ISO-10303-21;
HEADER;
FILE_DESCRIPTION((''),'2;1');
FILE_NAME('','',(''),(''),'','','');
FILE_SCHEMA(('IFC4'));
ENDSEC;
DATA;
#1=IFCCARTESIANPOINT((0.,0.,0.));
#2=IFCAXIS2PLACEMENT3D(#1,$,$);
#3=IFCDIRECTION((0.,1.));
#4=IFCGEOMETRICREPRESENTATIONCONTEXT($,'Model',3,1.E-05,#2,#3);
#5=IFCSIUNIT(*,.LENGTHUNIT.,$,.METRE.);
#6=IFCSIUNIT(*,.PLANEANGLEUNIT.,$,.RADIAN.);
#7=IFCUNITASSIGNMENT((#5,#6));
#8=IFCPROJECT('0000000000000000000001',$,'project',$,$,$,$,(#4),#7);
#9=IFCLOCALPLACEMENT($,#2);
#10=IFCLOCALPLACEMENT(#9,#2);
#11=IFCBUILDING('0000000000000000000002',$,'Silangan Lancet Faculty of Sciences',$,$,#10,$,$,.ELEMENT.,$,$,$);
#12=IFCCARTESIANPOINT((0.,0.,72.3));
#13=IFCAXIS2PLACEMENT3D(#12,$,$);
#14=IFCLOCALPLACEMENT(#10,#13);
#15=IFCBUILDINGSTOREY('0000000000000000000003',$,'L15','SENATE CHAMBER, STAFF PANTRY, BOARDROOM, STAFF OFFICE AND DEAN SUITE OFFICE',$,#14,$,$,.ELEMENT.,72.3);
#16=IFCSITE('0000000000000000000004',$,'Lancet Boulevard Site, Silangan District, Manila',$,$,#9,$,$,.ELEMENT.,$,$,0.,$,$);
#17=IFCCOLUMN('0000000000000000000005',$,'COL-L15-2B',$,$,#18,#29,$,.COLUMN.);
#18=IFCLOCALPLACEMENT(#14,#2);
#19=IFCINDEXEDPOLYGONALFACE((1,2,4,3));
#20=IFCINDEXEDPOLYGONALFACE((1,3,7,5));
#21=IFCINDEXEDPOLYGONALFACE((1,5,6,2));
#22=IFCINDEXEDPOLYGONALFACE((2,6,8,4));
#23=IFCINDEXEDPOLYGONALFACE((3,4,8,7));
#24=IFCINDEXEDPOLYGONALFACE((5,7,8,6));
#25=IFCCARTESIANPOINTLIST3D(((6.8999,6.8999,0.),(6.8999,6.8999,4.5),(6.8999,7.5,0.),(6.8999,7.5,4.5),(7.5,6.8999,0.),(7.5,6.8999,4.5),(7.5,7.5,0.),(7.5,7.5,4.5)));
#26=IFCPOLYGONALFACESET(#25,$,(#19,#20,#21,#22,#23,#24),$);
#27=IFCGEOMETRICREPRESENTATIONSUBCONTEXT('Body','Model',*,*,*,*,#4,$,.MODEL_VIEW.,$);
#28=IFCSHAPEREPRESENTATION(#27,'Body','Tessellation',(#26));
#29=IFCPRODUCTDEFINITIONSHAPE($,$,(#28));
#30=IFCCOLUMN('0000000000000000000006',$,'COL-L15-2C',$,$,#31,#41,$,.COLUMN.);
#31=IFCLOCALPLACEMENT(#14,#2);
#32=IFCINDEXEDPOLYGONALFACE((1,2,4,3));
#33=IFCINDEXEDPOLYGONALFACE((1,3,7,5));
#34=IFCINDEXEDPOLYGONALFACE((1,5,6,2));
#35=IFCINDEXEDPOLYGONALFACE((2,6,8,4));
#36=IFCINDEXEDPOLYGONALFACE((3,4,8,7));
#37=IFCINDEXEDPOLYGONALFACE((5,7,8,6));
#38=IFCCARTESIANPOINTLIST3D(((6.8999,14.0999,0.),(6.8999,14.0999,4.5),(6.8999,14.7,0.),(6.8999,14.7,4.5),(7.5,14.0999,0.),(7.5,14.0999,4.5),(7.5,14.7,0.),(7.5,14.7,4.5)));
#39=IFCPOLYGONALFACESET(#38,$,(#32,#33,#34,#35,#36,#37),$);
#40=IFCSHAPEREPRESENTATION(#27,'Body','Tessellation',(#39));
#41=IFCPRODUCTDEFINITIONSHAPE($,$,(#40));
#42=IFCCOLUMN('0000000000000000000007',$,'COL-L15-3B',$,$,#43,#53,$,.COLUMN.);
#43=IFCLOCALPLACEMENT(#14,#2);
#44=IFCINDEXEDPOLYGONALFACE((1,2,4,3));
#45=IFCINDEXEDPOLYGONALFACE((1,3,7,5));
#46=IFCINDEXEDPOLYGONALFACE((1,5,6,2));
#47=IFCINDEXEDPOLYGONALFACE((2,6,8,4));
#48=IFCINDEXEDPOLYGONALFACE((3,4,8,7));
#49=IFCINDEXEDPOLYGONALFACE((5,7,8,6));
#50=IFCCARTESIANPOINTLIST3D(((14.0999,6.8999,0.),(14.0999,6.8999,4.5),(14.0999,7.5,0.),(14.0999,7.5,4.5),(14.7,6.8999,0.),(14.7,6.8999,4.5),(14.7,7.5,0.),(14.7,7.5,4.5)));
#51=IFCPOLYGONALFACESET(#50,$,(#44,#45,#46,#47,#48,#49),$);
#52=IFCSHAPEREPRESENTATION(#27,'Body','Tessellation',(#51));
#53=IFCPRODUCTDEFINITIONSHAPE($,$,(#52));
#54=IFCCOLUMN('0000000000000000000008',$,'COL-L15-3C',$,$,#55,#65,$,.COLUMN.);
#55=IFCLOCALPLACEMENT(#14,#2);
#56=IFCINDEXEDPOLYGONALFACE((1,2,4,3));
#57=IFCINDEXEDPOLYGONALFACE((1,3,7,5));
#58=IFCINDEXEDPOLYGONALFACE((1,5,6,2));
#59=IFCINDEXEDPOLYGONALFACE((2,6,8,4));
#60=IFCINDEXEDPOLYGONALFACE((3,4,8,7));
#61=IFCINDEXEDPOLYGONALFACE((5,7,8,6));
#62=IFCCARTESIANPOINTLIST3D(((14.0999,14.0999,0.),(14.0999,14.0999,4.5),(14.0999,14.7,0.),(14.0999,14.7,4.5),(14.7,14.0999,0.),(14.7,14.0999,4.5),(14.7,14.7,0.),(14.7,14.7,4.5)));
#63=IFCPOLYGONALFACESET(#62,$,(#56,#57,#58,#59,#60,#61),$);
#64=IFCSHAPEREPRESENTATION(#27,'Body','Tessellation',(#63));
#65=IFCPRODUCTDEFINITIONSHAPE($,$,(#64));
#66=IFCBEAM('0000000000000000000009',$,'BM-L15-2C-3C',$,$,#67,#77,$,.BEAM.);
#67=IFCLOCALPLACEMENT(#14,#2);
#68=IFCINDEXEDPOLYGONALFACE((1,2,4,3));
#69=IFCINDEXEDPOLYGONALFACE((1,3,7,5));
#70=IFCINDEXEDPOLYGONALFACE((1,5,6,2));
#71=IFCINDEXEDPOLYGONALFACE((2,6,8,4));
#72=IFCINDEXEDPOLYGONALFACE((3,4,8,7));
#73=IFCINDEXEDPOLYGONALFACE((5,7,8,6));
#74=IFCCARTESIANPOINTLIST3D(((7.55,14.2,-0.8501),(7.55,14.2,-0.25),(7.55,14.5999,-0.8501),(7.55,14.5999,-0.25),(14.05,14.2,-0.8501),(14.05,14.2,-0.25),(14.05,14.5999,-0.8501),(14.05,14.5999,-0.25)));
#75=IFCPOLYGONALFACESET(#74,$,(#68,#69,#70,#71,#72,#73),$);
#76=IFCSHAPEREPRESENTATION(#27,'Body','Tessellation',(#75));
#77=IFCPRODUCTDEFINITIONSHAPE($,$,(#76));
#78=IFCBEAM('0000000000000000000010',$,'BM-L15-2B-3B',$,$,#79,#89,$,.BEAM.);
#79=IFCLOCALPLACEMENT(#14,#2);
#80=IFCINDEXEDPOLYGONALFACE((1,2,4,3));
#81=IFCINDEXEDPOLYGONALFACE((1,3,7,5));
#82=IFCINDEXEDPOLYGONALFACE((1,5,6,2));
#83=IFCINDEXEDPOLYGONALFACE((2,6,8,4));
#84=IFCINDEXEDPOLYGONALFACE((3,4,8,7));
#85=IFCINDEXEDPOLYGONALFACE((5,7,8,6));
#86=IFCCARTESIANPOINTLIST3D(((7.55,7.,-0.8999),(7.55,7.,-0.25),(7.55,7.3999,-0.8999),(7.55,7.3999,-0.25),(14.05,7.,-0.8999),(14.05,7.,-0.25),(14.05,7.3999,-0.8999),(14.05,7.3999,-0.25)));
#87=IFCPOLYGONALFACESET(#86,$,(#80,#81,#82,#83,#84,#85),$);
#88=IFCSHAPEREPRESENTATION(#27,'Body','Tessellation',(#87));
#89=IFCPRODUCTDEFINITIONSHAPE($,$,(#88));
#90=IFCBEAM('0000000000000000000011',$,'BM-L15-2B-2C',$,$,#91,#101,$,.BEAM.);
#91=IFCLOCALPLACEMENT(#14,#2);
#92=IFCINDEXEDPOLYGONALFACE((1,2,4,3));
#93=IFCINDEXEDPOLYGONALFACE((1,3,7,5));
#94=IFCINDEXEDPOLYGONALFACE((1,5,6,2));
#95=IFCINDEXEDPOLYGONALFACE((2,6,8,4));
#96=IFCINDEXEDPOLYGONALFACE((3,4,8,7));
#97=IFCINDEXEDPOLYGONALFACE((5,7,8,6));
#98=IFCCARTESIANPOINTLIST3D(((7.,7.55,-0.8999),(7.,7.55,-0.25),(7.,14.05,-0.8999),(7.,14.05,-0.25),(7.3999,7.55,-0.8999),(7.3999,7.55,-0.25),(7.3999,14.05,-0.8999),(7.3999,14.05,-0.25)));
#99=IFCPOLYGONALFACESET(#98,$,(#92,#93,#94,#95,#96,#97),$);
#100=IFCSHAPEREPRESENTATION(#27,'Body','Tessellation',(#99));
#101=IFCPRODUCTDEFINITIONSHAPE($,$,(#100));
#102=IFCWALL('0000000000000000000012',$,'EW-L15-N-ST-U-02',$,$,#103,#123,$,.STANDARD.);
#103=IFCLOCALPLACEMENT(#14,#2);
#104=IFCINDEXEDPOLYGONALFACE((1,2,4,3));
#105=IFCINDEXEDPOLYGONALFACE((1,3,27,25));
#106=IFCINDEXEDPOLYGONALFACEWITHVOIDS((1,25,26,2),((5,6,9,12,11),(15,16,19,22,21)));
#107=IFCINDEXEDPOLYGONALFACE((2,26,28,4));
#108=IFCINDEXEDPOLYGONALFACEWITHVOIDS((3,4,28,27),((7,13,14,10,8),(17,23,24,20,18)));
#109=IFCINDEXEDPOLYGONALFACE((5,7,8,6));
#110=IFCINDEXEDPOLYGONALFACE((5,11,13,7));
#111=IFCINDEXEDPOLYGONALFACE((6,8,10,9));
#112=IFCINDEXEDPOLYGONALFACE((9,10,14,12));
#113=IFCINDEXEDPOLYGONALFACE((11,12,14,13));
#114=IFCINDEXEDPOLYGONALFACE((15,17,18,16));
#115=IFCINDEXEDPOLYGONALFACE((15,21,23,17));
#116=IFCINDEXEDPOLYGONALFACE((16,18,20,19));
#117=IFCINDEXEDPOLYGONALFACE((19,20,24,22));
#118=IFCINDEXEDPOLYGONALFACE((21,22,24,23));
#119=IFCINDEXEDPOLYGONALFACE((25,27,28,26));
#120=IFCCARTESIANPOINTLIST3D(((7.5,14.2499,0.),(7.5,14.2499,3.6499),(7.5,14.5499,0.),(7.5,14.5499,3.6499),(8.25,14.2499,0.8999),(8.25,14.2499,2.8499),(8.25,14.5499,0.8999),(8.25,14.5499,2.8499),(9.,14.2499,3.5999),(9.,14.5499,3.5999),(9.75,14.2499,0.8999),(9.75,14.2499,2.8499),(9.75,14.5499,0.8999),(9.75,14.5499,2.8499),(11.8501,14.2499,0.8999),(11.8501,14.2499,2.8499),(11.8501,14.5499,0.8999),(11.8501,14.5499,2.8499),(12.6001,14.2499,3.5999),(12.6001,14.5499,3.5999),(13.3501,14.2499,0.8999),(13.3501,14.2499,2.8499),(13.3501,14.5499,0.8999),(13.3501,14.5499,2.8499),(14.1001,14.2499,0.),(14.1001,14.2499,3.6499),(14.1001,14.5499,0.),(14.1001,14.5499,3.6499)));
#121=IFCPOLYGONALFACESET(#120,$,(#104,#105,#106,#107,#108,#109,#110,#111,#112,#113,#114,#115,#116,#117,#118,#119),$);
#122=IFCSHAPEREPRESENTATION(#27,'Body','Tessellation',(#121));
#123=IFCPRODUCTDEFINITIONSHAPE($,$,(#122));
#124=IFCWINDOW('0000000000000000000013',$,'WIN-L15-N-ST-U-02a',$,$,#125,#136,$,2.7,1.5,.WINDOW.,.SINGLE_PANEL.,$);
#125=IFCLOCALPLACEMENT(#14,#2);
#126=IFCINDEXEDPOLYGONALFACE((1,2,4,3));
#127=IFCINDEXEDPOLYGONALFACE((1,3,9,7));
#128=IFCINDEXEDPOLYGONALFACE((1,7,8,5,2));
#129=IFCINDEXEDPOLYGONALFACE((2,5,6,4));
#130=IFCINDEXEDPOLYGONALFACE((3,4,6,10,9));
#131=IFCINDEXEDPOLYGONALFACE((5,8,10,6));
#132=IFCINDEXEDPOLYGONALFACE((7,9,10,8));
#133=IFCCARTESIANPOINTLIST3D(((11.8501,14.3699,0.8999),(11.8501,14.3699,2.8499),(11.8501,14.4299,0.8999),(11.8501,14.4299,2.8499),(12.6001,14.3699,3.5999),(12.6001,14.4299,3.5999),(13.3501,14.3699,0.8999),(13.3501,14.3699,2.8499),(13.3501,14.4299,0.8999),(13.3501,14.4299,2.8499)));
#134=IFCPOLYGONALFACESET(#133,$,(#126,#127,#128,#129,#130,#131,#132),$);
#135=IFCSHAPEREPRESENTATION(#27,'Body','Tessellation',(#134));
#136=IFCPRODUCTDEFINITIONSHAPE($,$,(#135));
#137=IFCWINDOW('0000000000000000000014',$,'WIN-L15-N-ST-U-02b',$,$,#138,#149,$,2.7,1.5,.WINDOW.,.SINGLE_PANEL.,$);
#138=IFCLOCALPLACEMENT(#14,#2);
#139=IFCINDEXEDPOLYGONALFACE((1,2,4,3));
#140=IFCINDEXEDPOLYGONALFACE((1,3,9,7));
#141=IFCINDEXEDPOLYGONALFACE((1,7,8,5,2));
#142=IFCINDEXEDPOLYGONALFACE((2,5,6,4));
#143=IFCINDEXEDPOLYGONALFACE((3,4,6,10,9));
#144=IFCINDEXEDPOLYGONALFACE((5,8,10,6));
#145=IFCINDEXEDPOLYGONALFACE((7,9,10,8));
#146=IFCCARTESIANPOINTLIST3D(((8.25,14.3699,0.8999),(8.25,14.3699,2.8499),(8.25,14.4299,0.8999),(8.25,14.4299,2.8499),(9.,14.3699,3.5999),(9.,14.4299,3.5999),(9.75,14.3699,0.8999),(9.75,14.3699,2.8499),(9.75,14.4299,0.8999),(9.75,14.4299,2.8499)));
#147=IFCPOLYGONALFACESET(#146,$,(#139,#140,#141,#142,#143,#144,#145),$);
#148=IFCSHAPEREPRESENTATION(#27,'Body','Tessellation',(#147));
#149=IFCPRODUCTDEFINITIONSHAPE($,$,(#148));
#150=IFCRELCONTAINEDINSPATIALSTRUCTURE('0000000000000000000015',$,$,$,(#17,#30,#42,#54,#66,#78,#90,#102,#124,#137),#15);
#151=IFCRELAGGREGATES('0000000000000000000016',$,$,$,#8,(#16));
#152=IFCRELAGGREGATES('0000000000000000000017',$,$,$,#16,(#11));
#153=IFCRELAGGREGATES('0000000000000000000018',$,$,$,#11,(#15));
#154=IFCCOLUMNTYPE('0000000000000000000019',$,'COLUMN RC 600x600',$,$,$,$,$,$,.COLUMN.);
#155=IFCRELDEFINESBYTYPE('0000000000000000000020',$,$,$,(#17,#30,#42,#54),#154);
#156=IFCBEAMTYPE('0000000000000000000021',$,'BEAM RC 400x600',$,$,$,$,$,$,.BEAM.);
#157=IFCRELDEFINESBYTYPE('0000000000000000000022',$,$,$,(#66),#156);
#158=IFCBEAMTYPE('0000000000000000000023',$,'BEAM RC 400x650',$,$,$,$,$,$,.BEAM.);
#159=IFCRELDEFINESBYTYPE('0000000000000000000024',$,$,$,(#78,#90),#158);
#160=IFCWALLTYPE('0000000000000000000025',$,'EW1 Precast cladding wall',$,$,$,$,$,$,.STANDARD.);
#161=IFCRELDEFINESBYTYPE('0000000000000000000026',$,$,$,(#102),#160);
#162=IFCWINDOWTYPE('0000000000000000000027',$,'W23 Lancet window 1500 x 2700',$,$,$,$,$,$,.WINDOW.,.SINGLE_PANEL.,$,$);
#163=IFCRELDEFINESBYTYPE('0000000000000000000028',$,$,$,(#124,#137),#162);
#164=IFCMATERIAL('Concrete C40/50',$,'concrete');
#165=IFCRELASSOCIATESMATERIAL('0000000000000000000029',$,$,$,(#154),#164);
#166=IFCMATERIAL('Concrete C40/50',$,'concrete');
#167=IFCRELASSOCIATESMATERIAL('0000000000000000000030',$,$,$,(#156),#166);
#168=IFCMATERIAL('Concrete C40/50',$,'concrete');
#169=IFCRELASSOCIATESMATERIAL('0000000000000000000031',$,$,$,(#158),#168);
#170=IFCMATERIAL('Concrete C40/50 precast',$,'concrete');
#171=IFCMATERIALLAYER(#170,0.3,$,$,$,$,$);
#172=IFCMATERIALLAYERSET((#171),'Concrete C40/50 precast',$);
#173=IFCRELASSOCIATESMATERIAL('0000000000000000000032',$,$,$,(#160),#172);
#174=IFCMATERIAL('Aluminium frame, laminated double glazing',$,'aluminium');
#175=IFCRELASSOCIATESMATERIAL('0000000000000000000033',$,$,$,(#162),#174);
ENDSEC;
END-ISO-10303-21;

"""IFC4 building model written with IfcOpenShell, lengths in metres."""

from ifc_helpers import new_model, si_unit, direction, frame, frame_2d, origin, origin_2d, place, context, subcontext, project, spatial, polyline, rectangle, outline, extrude, material, layer, layer_set, material_profile, profile_set, type_object, element, fill, save


model = new_model("IFC4")

# Units and contexts
model_context = context("Model", 3, precision=1e-05, world=origin(), true_north=direction((0.0, 1.0)))
body_context = subcontext(model_context, "Body", "Model", "MODEL_VIEW")
ifc_project = project(units=[si_unit("LENGTHUNIT", "METRE"), si_unit("PLANEANGLEUNIT", "RADIAN")], contexts=[model_context])

# Site, building, storey
site_placement = place(None, origin())
site = spatial("IfcSite", under=ifc_project, at=site_placement, Name="Lancet Boulevard Site, Silangan District, Manila", CompositionType="ELEMENT", RefElevation=0.0)
building_placement = place(site_placement, origin())
building = spatial("IfcBuilding", under=site, at=building_placement, Name="Silangan Lancet Faculty of Sciences", CompositionType="ELEMENT")
storey_placement = place(building_placement, frame((0.0, 0.0, 72.3)))
storey = spatial("IfcBuildingStorey", under=building, at=storey_placement, Name="L15", Description="SENATE CHAMBER, STAFF PANTRY, BOARDROOM, STAFF OFFICE AND DEAN SUITE OFFICE", CompositionType="ELEMENT", Elevation=72.3)

# Columns
ifc_material_1 = material(Name="Concrete C40/50", Category="concrete")
ifc_material_profile_1 = material_profile(ifc_material_1, rectangle(XDim=0.6001, YDim=0.6001, at=origin_2d()), Name="RC 600x600")
ifc_profile_set_1 = profile_set([ifc_material_profile_1], Name="Concrete C40/50")
column_type = type_object("IfcColumnType", Name="COLUMN RC 600x600", PredefinedType="COLUMN", material=ifc_profile_set_1)
for number, where, z_axis, x_axis, name in (
    (1, (7.2, 7.2, 0.0), (0.0, 0.0, 1.0), (1.0, 0.0, 0.0), "COL-L15-2B"),
    (2, (7.2, 14.3999, 0.0), (0.0, 0.0, 1.0), (1.0, 0.0, 0.0), "COL-L15-2C"),
    (3, (14.3999, 7.2, 0.0), (0.0, 0.0, 1.0), (1.0, 0.0, 0.0), "COL-L15-3B"),
    (4, (14.3999, 14.3999, 0.0), (0.0, 0.0, 1.0), (1.0, 0.0, 0.0), "COL-L15-3C"),
):
    element("IfcColumn", number, at=place(storey_placement, frame(where, z_axis=z_axis, x_axis=x_axis)), inside=storey, type_object=column_type, Name=name, PredefinedType="COLUMN", context=body_context, shape_type="SweptSolid", body=[
        extrude(rectangle(XDim=0.6001, YDim=0.6001, at=origin_2d()), origin(), (0.0, 0.0, 1.0), 4.5),
    ])

# Beams
ifc_material_2 = material(Name="Concrete C40/50", Category="concrete")
ifc_material_profile_2 = material_profile(ifc_material_2, rectangle(XDim=0.3999, YDim=0.6001, at=origin_2d()), Name="RC 400x600")
ifc_profile_set_2 = profile_set([ifc_material_profile_2], Name="Concrete C40/50")
beam_type_1 = type_object("IfcBeamType", Name="BEAM RC 400x600", PredefinedType="BEAM", material=ifc_profile_set_2)
beam_placement = place(storey_placement, frame((7.55, 14.3999, -0.55), z_axis=(1.0, 0.0, 0.0), x_axis=(0.0, 1.0, 0.0)))
element("IfcBeam", 5, at=beam_placement, inside=storey, type_object=beam_type_1, Name="BM-L15-2C-3C", PredefinedType="BEAM", context=body_context, shape_type="SweptSolid", body=[
    extrude(rectangle(XDim=0.3999, YDim=0.6001, at=origin_2d()), origin(), (0.0, 0.0, 1.0), 6.5),
])
ifc_material_3 = material(Name="Concrete C40/50", Category="concrete")
ifc_material_profile_3 = material_profile(ifc_material_3, rectangle(XDim=0.3999, YDim=0.6499, at=origin_2d()), Name="RC 400x650")
ifc_profile_set_3 = profile_set([ifc_material_profile_3], Name="Concrete C40/50")
beam_type_2 = type_object("IfcBeamType", Name="BEAM RC 400x650", PredefinedType="BEAM", material=ifc_profile_set_3)
for number, where, z_axis, x_axis, name in (
    (6, (7.55, 7.2, -0.575), (1.0, 0.0, 0.0), (0.0, 1.0, 0.0), "BM-L15-2B-3B"),
    (7, (7.2, 7.55, -0.575), (0.0, 1.0, 0.0), (-1.0, 0.0, 0.0), "BM-L15-2B-2C"),
):
    element("IfcBeam", number, at=place(storey_placement, frame(where, z_axis=z_axis, x_axis=x_axis)), inside=storey, type_object=beam_type_2, Name=name, PredefinedType="BEAM", context=body_context, shape_type="SweptSolid", body=[
        extrude(rectangle(XDim=0.3999, YDim=0.6499, at=origin_2d()), origin(), (0.0, 0.0, 1.0), 6.5),
    ])

# Wall, openings, windows
ifc_material_4 = material(Name="Concrete C40/50 precast", Category="concrete")
ifc_layer_1 = layer(ifc_material_4, 0.3)
ifc_layer_set_1 = layer_set([ifc_layer_1], Name="Concrete C40/50 precast")
wall_type_1 = type_object("IfcWallType", Name="EW1 Precast cladding wall", PredefinedType="STANDARD", material=ifc_layer_set_1)
wall_1_placement = place(storey_placement, frame((14.1001, 14.3999, 0.0), z_axis=(0.0, 0.0, 1.0), x_axis=(-1.0, 0.0, 0.0)))
wall_1 = element("IfcWall", 8, at=wall_1_placement, inside=storey, type_object=wall_type_1, Name="EW-L15-N-ST-U-02", PredefinedType="STANDARD", context=body_context, shape_type="SweptSolid", body=[
    extrude(rectangle(XDim=6.6001, YDim=0.3, at=frame_2d((3.3, 0.0))), origin(), (0.0, 0.0, 1.0), 3.6499),
])
opening_1_placement = place(wall_1_placement, frame((0.75, 0.0, 0.8999)))
opening_1 = element("IfcOpeningElement", 9, at=opening_1_placement, cuts=wall_1, PredefinedType="OPENING", context=body_context, shape_type="SweptSolid", body=[
    extrude(outline(polyline([(0.0, 0.0), (1.5, 0.0), (1.5, 1.95), (0.75, 2.7), (0.0, 1.95), (0.0, 0.0)])), frame((0.0, 0.1599, 0.0), z_axis=(0.0, -1.0, 0.0), x_axis=(1.0, 0.0, 0.0)), (0.0, 0.0, 1.0), 0.3201),
])
opening_2_placement = place(wall_1_placement, frame((4.3501, 0.0, 0.8999)))
opening_2 = element("IfcOpeningElement", 10, at=opening_2_placement, cuts=wall_1, PredefinedType="OPENING", context=body_context, shape_type="SweptSolid", body=[
    extrude(outline(polyline([(0.0, 0.0), (1.5, 0.0), (1.5, 1.95), (0.75, 2.7), (0.0, 1.95), (0.0, 0.0)])), frame((0.0, 0.1599, 0.0), z_axis=(0.0, -1.0, 0.0), x_axis=(1.0, 0.0, 0.0)), (0.0, 0.0, 1.0), 0.3201),
])
ifc_material_5 = material(Name="Aluminium frame, laminated double glazing", Category="aluminium")
window_type = type_object("IfcWindowType", Name="W23 Lancet window 1500 x 2700", PartitioningType="SINGLE_PANEL", PredefinedType="WINDOW", material=ifc_material_5)
window_1_placement = place(opening_1_placement, origin())
window_1 = element("IfcWindow", 11, at=window_1_placement, inside=storey, type_object=window_type, Name="WIN-L15-N-ST-U-02a", OverallHeight=2.7, OverallWidth=1.5, PartitioningType="SINGLE_PANEL", PredefinedType="WINDOW", context=body_context, shape_type="SweptSolid", body=[
    extrude(outline(polyline([(0.0, 0.0), (1.5, 0.0), (1.5, 1.95), (0.75, 2.7), (0.0, 1.95), (0.0, 0.0)])), frame((0.0, 0.03, 0.0), z_axis=(0.0, -1.0, 0.0), x_axis=(1.0, 0.0, 0.0)), (0.0, 0.0, 1.0), 0.0601),
])
fill(opening_1, window_1)
window_2_placement = place(opening_2_placement, origin())
window_2 = element("IfcWindow", 12, at=window_2_placement, inside=storey, type_object=window_type, Name="WIN-L15-N-ST-U-02b", OverallHeight=2.7, OverallWidth=1.5, PartitioningType="SINGLE_PANEL", PredefinedType="WINDOW", context=body_context, shape_type="SweptSolid", body=[
    extrude(outline(polyline([(0.0, 0.0), (1.5, 0.0), (1.5, 1.95), (0.75, 2.7), (0.0, 1.95), (0.0, 0.0)])), frame((0.0, 0.03, 0.0), z_axis=(0.0, -1.0, 0.0), x_axis=(1.0, 0.0, 0.0)), (0.0, 0.0, 1.0), 0.0601),
])
fill(opening_2, window_2)

save(model, "model.ifc")
